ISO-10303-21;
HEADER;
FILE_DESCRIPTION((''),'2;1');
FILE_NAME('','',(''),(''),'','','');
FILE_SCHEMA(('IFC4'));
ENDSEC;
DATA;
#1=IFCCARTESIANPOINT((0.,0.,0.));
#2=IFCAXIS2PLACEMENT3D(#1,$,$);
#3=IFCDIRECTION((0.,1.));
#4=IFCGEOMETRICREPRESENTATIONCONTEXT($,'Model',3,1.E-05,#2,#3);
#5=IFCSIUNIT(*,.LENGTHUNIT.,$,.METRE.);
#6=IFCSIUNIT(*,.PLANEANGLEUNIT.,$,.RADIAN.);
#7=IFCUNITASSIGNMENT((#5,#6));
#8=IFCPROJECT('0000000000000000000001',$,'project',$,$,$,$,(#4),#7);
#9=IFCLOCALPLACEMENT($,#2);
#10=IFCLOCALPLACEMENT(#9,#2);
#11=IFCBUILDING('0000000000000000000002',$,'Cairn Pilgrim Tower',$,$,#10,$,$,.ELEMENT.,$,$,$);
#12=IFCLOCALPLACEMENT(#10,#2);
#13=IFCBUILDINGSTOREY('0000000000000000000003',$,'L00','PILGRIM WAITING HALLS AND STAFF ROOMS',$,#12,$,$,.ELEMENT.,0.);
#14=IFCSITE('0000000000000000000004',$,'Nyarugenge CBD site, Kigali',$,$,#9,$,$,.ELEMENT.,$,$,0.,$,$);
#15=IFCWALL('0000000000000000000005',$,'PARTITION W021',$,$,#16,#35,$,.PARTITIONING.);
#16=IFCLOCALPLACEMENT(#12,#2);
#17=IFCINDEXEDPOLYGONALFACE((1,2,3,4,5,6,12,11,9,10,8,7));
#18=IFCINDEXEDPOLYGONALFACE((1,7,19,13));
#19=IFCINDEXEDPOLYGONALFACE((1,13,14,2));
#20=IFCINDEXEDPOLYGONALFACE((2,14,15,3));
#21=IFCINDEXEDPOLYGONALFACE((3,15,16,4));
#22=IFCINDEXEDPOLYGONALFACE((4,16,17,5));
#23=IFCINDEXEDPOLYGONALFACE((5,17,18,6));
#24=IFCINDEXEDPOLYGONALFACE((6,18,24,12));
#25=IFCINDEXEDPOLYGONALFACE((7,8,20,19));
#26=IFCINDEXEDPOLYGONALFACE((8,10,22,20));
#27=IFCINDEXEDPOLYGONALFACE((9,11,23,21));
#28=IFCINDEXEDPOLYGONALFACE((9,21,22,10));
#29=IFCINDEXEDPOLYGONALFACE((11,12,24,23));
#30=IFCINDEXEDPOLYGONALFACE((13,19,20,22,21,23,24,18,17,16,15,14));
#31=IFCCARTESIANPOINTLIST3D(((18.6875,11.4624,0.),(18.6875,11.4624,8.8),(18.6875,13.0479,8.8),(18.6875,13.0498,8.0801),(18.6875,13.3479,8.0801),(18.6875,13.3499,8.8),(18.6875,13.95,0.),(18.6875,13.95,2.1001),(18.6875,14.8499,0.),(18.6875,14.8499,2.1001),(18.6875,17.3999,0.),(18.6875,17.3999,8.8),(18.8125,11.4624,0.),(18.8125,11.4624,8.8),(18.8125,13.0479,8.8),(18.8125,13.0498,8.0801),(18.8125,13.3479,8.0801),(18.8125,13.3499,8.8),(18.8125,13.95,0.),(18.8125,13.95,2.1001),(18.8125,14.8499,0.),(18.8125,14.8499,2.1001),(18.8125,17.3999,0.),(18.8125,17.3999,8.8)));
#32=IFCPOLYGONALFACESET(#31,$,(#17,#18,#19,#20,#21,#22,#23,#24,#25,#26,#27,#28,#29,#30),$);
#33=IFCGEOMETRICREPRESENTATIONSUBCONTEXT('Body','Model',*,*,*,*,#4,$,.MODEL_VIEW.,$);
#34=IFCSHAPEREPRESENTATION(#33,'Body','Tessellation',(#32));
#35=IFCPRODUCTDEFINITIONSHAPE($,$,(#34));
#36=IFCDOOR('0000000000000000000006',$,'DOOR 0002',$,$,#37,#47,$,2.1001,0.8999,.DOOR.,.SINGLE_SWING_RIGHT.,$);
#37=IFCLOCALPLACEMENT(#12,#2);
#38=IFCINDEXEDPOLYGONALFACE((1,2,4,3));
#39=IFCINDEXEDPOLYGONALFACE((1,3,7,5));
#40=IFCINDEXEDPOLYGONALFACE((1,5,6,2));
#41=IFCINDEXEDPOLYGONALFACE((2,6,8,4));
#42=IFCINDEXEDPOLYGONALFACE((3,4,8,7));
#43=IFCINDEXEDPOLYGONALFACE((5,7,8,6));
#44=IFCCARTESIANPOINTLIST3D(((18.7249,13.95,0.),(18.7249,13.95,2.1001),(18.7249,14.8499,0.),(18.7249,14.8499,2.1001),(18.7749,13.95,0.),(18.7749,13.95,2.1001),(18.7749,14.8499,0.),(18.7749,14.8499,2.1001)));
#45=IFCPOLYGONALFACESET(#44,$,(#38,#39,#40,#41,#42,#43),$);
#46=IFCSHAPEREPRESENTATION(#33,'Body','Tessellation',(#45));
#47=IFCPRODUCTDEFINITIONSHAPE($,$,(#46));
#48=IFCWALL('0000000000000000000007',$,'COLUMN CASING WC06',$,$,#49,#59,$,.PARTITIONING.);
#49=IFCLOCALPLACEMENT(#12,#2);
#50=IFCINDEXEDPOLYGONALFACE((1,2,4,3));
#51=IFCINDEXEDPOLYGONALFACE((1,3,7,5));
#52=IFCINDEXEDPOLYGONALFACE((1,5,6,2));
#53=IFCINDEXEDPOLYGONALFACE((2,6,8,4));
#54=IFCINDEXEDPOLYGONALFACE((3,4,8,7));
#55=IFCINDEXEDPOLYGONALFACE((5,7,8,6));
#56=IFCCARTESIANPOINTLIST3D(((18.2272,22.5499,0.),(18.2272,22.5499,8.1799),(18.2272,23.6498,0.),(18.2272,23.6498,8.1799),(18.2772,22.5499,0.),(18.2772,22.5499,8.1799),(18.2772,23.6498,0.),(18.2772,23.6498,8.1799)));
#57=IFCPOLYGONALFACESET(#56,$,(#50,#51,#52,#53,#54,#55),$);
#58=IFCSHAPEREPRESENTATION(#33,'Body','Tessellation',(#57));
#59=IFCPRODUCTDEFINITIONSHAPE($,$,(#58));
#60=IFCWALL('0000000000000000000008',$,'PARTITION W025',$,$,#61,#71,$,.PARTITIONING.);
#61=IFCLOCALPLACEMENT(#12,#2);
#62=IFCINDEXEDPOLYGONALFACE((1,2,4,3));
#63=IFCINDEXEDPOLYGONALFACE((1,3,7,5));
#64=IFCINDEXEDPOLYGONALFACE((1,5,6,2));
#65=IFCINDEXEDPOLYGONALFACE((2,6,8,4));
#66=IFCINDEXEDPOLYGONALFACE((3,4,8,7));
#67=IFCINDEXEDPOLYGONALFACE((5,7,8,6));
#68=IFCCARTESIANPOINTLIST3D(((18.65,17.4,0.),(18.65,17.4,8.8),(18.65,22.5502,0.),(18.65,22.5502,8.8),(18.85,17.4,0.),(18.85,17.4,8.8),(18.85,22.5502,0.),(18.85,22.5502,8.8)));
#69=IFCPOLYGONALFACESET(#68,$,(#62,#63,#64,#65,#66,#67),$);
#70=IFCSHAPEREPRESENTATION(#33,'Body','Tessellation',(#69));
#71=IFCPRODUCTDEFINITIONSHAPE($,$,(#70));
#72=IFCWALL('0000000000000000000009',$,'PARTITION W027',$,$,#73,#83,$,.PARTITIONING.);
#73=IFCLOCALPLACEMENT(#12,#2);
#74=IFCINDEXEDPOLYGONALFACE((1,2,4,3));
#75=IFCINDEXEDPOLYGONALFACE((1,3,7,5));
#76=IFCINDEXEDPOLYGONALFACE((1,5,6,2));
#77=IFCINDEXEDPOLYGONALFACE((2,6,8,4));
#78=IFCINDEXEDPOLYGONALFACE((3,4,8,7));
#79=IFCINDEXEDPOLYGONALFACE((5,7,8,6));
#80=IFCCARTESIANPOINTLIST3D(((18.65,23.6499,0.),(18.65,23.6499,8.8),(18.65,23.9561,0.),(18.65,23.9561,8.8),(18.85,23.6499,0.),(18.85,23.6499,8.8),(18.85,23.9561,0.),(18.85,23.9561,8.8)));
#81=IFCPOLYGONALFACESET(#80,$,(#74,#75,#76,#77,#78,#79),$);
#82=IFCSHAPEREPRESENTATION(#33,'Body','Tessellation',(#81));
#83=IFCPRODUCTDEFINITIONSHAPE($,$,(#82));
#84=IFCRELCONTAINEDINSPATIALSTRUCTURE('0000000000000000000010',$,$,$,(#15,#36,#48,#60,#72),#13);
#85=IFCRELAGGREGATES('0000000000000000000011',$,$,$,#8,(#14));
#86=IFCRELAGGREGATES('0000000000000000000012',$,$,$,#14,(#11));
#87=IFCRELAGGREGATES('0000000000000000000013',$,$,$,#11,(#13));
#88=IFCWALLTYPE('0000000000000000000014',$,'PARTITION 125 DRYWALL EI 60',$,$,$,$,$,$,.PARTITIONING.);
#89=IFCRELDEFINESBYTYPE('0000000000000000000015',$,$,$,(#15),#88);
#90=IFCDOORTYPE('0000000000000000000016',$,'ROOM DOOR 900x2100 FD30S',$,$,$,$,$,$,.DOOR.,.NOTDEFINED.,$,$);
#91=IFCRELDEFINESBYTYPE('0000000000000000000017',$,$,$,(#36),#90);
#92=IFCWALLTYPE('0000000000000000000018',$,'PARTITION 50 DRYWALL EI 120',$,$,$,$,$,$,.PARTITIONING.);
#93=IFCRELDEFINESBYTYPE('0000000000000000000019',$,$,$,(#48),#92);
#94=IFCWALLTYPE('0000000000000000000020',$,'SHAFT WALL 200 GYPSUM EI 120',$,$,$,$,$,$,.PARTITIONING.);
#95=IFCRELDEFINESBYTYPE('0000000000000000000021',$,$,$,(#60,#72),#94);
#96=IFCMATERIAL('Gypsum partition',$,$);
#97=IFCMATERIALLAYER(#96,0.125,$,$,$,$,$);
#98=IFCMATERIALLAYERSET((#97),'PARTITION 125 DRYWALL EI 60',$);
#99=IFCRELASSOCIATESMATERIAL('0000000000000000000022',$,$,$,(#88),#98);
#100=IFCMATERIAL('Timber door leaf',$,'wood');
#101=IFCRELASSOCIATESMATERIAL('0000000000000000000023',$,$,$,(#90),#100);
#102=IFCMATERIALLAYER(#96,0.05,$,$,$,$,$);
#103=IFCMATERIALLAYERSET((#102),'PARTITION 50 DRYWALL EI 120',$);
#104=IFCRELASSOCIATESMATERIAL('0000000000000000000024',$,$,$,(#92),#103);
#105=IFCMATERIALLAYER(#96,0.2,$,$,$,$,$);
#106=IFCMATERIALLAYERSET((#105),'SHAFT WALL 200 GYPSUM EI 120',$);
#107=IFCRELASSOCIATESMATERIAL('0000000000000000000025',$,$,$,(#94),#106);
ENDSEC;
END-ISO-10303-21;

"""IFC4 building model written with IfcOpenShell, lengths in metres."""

from ifc_helpers import new_model, si_unit, direction, frame, frame_2d, origin, place, context, subcontext, project, spatial, polyline, rectangle, outline, extrude, material, layer, layer_set, type_object, element, fill, save


model = new_model("IFC4")

# Units and contexts
model_context = context("Model", 3, precision=1e-05, world=origin(), true_north=direction((0.0, 1.0)))
body_context = subcontext(model_context, "Body", "Model", "MODEL_VIEW")
ifc_project = project(units=[si_unit("LENGTHUNIT", "METRE"), si_unit("PLANEANGLEUNIT", "RADIAN")], contexts=[model_context])

# Site, building, storey
site_placement = place(None, origin())
site = spatial("IfcSite", under=ifc_project, at=site_placement, Name="Nyarugenge CBD site, Kigali", CompositionType="ELEMENT", RefElevation=0.0)
building_placement = place(site_placement, origin())
building = spatial("IfcBuilding", under=site, at=building_placement, Name="Cairn Pilgrim Tower", CompositionType="ELEMENT")
storey_placement = place(building_placement, origin())
storey = spatial("IfcBuildingStorey", under=building, at=storey_placement, Name="L00", Description="PILGRIM WAITING HALLS AND STAFF ROOMS", CompositionType="ELEMENT", Elevation=0.0)

# Wall, opening, door
ifc_material_1 = material(Name="Gypsum partition")
ifc_layer_1 = layer(ifc_material_1, 0.125)
ifc_layer_set_1 = layer_set([ifc_layer_1], Name="PARTITION 125 DRYWALL EI 60")
wall_type_1 = type_object("IfcWallType", Name="PARTITION 125 DRYWALL EI 60", PredefinedType="PARTITIONING", material=ifc_layer_set_1)
wall_1_placement = place(storey_placement, frame((18.75, 11.4624, 0.0), z_axis=(0.0, 0.0, 1.0), x_axis=(0.0, 1.0, 0.0)))
wall_1 = element("IfcWall", 1, at=wall_1_placement, inside=storey, type_object=wall_type_1, Name="PARTITION W021", PredefinedType="PARTITIONING", context=body_context, shape_type="SweptSolid", body=[
    extrude(outline(polyline([(0.0, 0.0), (5.9375, 0.0), (5.9375, 8.8), (1.8875, 8.8), (1.8855, 8.0801), (1.5874, 8.0801), (1.5854, 8.8), (0.0, 8.8), (0.0, 0.0)])), frame((0.0, 0.0625, 0.0), z_axis=(0.0, -1.0, 0.0), x_axis=(1.0, 0.0, 0.0)), (0.0, 0.0, 1.0), 0.125),
])
opening_placement = place(wall_1_placement, frame((2.4875, 0.0, 0.0)))
opening = element("IfcOpeningElement", 2, at=opening_placement, cuts=wall_1, PredefinedType="OPENING", context=body_context, shape_type="SweptSolid", body=[
    extrude(rectangle(XDim=0.8999, YDim=2.1001, at=frame_2d((0.45, 1.05))), frame((0.0, 0.0725, 0.0), z_axis=(0.0, -1.0, 0.0), x_axis=(1.0, 0.0, 0.0)), (0.0, 0.0, 1.0), 0.145),
])
ifc_material_2 = material(Name="Timber door leaf", Category="wood")
door_type = type_object("IfcDoorType", Name="ROOM DOOR 900x2100 FD30S", OperationType="NOTDEFINED", PredefinedType="DOOR", material=ifc_material_2)
door_placement = place(opening_placement, frame((0.8999, 0.0, 0.0), z_axis=(0.0, 0.0, 1.0), x_axis=(-1.0, 0.0, 0.0)))
door = element("IfcDoor", 3, at=door_placement, inside=storey, type_object=door_type, Name="DOOR 0002", OperationType="SINGLE_SWING_RIGHT", OverallHeight=2.1001, OverallWidth=0.8999, PredefinedType="DOOR", context=body_context, shape_type="SweptSolid", body=[
    extrude(rectangle(XDim=0.8999, YDim=2.1001, at=frame_2d((0.45, 1.05))), frame((0.0, 0.0249, 0.0), z_axis=(0.0, -1.0, 0.0), x_axis=(1.0, 0.0, 0.0)), (0.0, 0.0, 1.0), 0.05),
])
fill(opening, door)

# Walls
ifc_layer_2 = layer(ifc_material_1, 0.05)
ifc_layer_set_2 = layer_set([ifc_layer_2], Name="PARTITION 50 DRYWALL EI 120")
wall_type_2 = type_object("IfcWallType", Name="PARTITION 50 DRYWALL EI 120", PredefinedType="PARTITIONING", material=ifc_layer_set_2)
wall_2_placement = place(storey_placement, frame((18.2522, 22.55, 0.0), z_axis=(0.0, 0.0, 1.0), x_axis=(0.0, 1.0, 0.0)))
element("IfcWall", 4, at=wall_2_placement, inside=storey, type_object=wall_type_2, Name="COLUMN CASING WC06", PredefinedType="PARTITIONING", context=body_context, shape_type="SweptSolid", body=[
    extrude(rectangle(XDim=1.0999, YDim=0.05, at=frame_2d((0.5498, 0.0))), origin(), (0.0, 0.0, 1.0), 8.1799),
])
ifc_layer_3 = layer(ifc_material_1, 0.2)
ifc_layer_set_3 = layer_set([ifc_layer_3], Name="SHAFT WALL 200 GYPSUM EI 120")
wall_type_3 = type_object("IfcWallType", Name="SHAFT WALL 200 GYPSUM EI 120", PredefinedType="PARTITIONING", material=ifc_layer_set_3)
wall_3_placement = place(storey_placement, frame((18.75, 17.3999, 0.0), z_axis=(0.0, 0.0, 1.0), x_axis=(0.0, 1.0, 0.0)))
element("IfcWall", 5, at=wall_3_placement, inside=storey, type_object=wall_type_3, Name="PARTITION W025", PredefinedType="PARTITIONING", context=body_context, shape_type="SweptSolid", body=[
    extrude(rectangle(XDim=5.1501, YDim=0.2, at=frame_2d((2.5752, 0.0))), origin(), (0.0, 0.0, 1.0), 8.8),
])
wall_4_placement = place(storey_placement, frame((18.75, 23.6499, 0.0), z_axis=(0.0, 0.0, 1.0), x_axis=(0.0, 1.0, 0.0)))
element("IfcWall", 6, at=wall_4_placement, inside=storey, type_object=wall_type_3, Name="PARTITION W027", PredefinedType="PARTITIONING", context=body_context, shape_type="SweptSolid", body=[
    extrude(rectangle(XDim=0.3062, YDim=0.2, at=frame_2d((0.1531, 0.0))), origin(), (0.0, 0.0, 1.0), 8.8),
])

save(model, "model.ifc")
